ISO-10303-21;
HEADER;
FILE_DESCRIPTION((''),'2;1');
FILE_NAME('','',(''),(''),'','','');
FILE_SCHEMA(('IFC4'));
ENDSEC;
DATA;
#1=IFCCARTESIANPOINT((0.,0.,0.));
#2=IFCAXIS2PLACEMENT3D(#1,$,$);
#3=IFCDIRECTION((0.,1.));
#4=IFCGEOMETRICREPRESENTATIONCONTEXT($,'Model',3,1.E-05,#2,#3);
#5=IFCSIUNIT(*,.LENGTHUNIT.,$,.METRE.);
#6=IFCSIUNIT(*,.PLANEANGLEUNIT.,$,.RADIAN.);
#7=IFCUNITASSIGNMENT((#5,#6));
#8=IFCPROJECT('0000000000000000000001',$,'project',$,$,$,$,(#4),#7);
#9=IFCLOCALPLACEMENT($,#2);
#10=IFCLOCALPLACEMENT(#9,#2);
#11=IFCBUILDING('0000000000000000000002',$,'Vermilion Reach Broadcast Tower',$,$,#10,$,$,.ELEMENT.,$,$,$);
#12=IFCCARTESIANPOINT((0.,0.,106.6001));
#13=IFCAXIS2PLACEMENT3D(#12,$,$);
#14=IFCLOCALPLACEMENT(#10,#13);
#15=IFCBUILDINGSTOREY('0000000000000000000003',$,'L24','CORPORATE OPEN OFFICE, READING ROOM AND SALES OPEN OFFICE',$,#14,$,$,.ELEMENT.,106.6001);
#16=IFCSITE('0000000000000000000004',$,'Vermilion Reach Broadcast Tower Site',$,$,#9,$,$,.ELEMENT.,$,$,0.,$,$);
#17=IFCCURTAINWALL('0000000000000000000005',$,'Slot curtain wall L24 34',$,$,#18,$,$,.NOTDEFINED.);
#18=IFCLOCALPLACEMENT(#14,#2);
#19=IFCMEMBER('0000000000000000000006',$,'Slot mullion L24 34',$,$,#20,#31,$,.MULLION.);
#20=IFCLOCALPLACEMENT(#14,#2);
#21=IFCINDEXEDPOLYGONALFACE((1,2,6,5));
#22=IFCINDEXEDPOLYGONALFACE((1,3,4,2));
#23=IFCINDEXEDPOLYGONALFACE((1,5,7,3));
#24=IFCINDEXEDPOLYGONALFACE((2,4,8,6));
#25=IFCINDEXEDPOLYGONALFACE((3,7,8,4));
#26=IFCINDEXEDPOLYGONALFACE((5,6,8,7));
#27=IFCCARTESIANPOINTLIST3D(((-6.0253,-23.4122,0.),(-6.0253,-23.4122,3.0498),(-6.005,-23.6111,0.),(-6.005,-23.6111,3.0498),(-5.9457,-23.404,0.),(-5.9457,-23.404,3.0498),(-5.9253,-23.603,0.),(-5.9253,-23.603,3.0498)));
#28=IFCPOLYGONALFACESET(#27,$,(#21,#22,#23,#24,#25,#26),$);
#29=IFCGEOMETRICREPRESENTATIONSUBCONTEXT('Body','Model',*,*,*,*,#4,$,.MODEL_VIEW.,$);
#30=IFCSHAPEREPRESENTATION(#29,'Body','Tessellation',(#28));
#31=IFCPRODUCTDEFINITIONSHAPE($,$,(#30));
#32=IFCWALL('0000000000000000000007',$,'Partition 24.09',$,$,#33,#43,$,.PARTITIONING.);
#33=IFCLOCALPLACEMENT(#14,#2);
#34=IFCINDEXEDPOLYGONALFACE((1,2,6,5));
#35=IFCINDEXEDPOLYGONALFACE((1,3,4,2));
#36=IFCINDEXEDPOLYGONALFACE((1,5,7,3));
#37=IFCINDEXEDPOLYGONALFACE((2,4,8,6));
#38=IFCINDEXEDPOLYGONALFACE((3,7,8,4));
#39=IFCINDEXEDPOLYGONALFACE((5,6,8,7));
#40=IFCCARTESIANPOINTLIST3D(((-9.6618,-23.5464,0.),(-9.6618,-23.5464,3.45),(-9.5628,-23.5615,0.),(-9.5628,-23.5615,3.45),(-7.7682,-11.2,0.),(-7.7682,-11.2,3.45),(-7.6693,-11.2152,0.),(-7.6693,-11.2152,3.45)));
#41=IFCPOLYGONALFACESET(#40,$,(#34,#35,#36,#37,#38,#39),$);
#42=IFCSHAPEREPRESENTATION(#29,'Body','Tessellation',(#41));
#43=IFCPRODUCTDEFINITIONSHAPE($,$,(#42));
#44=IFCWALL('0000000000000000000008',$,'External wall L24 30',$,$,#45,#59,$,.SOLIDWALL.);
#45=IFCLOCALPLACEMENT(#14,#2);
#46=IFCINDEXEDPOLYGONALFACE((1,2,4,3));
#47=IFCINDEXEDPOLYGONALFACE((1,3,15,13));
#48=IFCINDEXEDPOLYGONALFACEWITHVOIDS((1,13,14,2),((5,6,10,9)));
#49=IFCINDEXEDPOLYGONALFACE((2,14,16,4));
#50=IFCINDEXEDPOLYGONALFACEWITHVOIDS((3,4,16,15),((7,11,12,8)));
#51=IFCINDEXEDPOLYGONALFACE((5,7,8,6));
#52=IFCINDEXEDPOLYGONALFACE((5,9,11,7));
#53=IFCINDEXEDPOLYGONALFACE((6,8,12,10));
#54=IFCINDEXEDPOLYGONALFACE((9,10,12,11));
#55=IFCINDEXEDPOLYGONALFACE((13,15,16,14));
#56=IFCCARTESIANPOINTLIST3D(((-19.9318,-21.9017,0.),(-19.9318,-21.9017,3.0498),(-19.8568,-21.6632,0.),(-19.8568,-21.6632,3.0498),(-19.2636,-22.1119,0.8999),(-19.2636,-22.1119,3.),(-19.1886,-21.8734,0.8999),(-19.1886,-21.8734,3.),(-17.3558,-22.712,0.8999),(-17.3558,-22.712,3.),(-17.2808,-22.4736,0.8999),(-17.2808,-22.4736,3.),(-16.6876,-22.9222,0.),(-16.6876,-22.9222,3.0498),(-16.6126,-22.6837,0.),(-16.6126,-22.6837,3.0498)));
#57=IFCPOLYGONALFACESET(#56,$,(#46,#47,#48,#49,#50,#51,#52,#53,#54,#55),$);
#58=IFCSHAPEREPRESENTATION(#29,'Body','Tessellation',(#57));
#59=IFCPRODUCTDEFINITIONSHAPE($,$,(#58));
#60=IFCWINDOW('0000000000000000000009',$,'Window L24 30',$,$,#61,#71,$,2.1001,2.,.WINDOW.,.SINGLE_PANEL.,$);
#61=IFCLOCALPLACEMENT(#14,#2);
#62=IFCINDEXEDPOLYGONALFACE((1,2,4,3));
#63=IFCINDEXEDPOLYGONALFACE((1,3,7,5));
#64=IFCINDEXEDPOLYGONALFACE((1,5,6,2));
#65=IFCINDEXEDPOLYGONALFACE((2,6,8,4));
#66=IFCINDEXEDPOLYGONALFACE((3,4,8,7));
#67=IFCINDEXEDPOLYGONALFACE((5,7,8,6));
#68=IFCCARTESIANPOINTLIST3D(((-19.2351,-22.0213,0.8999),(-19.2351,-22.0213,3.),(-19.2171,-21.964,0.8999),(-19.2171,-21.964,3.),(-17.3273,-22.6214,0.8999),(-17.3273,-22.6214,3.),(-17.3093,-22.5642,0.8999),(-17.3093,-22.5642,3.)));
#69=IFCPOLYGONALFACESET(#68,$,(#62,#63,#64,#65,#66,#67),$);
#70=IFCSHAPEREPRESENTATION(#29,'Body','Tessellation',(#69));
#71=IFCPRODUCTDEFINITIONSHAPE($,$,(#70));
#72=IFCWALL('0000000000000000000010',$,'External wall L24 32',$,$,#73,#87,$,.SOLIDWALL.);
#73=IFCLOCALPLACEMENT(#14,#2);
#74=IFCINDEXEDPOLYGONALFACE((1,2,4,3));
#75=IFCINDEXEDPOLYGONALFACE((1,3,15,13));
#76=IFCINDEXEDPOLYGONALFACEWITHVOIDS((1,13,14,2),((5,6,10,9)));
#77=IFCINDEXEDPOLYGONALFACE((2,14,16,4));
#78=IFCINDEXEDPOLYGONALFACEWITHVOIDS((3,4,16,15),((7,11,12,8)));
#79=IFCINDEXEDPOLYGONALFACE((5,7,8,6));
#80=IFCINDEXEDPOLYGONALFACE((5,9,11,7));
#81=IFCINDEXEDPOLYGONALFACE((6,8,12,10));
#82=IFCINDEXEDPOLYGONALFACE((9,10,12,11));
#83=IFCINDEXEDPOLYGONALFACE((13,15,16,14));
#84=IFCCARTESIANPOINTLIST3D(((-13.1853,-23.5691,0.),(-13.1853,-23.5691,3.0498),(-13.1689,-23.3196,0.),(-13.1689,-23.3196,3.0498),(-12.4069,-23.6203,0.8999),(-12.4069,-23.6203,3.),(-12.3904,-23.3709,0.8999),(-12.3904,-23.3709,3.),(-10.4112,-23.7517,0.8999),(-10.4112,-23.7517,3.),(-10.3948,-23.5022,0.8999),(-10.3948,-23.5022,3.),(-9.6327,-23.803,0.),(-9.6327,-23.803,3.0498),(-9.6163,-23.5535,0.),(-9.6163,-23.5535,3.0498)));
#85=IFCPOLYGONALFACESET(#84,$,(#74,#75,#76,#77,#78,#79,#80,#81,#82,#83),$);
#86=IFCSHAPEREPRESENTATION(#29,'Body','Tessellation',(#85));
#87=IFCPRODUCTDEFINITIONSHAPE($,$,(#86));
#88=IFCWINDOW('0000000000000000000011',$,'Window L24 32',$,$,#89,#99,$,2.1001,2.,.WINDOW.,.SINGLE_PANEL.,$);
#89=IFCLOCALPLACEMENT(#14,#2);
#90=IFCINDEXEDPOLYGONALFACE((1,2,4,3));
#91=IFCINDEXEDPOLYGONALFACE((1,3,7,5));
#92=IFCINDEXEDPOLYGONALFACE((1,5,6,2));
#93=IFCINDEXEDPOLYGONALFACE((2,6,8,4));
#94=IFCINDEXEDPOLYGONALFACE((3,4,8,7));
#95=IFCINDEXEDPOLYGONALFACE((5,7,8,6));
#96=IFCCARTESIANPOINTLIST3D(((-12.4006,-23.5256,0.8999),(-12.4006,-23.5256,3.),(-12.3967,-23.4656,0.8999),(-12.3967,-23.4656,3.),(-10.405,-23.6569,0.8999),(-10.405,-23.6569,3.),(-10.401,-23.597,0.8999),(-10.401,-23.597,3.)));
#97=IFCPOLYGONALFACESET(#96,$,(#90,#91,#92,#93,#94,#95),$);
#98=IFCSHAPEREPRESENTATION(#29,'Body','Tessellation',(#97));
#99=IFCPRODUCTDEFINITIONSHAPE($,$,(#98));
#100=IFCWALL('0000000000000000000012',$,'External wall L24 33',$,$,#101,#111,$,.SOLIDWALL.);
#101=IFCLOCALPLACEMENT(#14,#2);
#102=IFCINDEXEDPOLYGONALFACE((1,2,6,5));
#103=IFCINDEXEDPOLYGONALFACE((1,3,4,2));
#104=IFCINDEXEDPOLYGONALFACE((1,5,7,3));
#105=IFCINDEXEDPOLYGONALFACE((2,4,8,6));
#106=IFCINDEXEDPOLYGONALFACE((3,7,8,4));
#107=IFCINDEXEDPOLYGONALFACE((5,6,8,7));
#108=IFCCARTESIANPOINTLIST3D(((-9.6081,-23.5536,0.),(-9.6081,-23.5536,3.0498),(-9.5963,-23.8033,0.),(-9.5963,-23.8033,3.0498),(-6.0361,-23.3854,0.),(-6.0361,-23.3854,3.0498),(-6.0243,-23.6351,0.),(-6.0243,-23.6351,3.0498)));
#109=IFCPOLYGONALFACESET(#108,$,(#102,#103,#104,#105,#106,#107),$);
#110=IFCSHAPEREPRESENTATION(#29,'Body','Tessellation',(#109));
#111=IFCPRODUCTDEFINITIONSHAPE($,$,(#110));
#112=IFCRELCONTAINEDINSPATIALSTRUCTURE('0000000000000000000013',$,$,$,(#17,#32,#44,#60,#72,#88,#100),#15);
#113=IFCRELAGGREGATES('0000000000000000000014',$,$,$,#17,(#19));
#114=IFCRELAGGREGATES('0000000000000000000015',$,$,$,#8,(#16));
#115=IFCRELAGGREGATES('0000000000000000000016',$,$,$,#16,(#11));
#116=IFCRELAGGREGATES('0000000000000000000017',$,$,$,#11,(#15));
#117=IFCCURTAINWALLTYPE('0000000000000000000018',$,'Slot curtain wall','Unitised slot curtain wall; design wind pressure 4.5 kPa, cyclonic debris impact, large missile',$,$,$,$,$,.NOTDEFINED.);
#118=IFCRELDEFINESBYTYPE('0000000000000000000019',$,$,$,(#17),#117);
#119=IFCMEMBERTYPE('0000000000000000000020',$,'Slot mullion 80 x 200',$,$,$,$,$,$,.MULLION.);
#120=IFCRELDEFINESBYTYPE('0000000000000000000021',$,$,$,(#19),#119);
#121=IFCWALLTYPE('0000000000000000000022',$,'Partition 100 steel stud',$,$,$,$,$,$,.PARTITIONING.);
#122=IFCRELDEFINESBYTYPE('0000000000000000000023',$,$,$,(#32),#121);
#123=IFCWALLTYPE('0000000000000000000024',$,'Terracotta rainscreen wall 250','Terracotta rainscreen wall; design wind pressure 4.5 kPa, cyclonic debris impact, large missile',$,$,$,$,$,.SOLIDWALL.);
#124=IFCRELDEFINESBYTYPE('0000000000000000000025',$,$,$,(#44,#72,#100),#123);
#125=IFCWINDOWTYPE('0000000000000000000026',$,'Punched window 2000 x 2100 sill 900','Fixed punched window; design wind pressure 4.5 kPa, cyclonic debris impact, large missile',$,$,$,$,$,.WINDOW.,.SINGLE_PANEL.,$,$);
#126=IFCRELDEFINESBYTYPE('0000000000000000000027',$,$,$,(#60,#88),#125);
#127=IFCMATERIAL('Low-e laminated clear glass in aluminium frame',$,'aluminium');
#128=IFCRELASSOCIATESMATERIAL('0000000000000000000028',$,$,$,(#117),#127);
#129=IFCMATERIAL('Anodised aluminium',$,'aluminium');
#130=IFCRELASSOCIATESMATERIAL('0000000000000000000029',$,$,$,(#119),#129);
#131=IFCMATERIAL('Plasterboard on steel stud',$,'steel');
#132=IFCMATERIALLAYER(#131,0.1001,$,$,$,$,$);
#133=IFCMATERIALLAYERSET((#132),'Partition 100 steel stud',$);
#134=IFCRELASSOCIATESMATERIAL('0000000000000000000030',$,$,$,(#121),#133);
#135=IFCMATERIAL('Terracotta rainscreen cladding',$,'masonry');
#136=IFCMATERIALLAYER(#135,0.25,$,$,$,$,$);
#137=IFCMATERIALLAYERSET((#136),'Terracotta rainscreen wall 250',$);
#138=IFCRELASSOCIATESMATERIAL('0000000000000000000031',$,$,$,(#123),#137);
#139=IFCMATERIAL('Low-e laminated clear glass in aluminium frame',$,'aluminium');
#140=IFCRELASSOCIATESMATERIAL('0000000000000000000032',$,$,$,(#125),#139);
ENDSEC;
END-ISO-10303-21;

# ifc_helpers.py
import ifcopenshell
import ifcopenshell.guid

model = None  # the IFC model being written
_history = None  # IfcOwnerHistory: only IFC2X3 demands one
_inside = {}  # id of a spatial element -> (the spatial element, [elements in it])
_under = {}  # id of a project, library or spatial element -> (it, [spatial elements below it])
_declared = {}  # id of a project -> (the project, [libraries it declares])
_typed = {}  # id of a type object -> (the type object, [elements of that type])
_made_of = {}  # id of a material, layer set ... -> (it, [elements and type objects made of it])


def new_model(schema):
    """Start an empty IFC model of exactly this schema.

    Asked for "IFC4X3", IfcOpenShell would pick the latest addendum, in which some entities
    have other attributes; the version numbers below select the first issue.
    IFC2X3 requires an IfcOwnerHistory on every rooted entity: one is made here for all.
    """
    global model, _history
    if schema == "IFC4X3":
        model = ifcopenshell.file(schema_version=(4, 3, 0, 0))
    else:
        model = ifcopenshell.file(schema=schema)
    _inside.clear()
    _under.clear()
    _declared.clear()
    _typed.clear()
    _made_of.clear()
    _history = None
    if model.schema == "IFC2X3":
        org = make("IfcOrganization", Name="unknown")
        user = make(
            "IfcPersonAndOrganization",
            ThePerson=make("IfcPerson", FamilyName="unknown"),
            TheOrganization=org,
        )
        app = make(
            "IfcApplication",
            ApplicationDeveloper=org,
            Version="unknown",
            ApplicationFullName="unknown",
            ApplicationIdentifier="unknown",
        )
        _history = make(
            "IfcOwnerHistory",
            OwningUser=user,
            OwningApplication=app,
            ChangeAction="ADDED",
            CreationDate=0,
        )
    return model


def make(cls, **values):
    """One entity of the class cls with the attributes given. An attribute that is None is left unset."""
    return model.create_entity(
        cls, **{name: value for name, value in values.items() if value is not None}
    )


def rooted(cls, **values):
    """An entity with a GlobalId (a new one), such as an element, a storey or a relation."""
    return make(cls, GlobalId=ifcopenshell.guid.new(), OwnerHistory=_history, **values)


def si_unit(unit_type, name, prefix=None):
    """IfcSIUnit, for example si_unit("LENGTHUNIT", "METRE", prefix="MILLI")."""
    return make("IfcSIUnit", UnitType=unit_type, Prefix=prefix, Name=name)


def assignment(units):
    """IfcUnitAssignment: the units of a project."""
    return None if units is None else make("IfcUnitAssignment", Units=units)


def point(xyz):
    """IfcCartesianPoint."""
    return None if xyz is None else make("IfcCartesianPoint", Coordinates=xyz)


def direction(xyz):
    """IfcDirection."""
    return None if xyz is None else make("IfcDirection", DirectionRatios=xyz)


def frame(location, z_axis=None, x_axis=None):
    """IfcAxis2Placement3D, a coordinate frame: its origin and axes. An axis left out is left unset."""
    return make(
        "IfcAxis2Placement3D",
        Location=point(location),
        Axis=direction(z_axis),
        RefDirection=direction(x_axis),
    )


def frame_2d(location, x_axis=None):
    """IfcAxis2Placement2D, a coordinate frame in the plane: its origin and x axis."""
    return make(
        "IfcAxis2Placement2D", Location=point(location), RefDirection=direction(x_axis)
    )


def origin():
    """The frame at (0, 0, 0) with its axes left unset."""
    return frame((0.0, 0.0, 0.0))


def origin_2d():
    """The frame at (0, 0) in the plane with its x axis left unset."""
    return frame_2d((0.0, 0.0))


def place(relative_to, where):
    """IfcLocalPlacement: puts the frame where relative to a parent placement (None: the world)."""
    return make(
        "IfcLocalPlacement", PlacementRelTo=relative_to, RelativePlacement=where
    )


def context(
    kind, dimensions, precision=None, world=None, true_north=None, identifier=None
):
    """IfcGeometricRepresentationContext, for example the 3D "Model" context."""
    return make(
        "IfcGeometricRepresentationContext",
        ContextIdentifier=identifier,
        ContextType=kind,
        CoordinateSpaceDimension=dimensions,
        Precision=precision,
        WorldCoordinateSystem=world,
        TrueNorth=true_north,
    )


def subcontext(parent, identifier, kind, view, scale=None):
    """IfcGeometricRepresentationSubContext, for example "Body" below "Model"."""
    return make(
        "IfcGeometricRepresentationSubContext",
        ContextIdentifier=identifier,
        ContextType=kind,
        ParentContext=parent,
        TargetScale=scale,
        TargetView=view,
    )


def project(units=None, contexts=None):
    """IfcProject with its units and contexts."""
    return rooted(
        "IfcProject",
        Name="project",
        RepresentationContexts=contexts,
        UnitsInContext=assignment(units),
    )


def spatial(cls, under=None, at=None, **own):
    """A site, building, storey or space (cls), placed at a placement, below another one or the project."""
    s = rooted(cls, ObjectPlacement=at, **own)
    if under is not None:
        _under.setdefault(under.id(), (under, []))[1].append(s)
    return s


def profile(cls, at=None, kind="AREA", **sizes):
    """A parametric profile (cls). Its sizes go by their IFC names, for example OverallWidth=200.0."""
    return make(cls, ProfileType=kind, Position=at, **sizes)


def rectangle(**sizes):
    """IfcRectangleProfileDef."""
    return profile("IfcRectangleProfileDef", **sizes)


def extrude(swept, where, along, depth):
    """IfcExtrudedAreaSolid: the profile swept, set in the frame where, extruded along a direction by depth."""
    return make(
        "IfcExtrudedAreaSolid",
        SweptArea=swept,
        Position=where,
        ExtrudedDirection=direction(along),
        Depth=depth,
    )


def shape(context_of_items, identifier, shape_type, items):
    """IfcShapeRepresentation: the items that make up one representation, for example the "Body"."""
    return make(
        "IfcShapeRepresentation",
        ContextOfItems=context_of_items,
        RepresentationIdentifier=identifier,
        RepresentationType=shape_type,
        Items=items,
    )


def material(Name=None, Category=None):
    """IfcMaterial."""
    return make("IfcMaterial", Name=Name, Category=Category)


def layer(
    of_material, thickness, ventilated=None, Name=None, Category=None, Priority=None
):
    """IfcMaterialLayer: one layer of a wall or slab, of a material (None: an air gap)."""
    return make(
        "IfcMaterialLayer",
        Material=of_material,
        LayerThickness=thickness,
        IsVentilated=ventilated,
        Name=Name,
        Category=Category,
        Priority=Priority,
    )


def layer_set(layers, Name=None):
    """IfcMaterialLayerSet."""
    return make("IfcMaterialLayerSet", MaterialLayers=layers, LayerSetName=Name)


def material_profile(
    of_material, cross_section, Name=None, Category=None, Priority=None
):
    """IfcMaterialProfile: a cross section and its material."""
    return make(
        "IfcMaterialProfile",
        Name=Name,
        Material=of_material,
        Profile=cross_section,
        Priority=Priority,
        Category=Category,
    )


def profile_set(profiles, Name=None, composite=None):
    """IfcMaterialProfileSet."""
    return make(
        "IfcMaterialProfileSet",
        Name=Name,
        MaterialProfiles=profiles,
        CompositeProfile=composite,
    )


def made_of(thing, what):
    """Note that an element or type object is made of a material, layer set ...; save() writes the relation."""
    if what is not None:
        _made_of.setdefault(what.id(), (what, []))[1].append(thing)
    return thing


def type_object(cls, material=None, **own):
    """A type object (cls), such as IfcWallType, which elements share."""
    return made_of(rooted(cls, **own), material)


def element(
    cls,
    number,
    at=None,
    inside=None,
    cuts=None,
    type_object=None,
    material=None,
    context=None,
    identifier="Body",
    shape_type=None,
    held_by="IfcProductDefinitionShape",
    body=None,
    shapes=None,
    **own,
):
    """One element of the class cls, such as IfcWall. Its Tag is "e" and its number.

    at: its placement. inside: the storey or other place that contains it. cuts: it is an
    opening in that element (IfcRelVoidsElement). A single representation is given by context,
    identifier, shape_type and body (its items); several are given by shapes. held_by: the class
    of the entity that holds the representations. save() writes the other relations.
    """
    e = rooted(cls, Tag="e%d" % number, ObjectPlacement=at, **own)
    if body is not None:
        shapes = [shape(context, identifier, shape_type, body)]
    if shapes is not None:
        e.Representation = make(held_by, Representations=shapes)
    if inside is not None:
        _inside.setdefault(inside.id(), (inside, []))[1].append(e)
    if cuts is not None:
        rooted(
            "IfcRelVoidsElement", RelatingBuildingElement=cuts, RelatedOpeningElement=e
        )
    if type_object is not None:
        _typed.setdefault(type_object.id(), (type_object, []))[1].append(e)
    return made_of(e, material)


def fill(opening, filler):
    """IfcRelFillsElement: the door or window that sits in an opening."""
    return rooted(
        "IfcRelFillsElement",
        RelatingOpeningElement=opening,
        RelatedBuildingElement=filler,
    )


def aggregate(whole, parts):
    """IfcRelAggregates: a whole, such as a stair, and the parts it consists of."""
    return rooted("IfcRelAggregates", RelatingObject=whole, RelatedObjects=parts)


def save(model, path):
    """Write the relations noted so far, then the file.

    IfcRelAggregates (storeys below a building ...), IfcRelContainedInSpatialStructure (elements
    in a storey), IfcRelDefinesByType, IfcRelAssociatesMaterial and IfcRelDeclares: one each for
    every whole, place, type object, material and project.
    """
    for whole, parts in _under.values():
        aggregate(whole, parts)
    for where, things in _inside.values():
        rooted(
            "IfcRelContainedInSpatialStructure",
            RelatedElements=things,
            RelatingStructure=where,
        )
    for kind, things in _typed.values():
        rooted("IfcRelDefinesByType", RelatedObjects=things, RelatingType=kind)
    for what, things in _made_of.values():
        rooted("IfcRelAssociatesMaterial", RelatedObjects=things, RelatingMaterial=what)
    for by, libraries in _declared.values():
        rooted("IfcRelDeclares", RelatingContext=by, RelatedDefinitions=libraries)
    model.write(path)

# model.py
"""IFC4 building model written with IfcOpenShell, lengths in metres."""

from ifc_helpers import new_model, si_unit, direction, frame, frame_2d, origin, origin_2d, place, context, subcontext, project, spatial, rectangle, extrude, material, layer, layer_set, material_profile, profile_set, type_object, element, fill, aggregate, save


model = new_model("IFC4")

# Units and contexts
model_context = context("Model", 3, precision=1e-05, world=origin(), true_north=direction((0.0, 1.0)))
body_context = subcontext(model_context, "Body", "Model", "MODEL_VIEW")
ifc_project = project(units=[si_unit("LENGTHUNIT", "METRE"), si_unit("PLANEANGLEUNIT", "RADIAN")], contexts=[model_context])

# Site, building, storey
site_placement = place(None, origin())
site = spatial("IfcSite", under=ifc_project, at=site_placement, Name="Vermilion Reach Broadcast Tower Site", CompositionType="ELEMENT", RefElevation=0.0)
building_placement = place(site_placement, origin())
building = spatial("IfcBuilding", under=site, at=building_placement, Name="Vermilion Reach Broadcast Tower", CompositionType="ELEMENT")
storey_placement = place(building_placement, frame((0.0, 0.0, 106.6001)))
storey = spatial("IfcBuildingStorey", under=building, at=storey_placement, Name="L24", Description="CORPORATE OPEN OFFICE, READING ROOM AND SALES OPEN OFFICE", CompositionType="ELEMENT", Elevation=106.6001)

# Curtain wall, member
ifc_material_1 = material(Name="Low-e laminated clear glass in aluminium frame", Category="aluminium")
curtain_wall_type = type_object("IfcCurtainWallType", Name="Slot curtain wall", Description="Unitised slot curtain wall; design wind pressure 4.5 kPa, cyclonic debris impact, large missile", PredefinedType="NOTDEFINED", material=ifc_material_1)
curtain_wall_placement = place(storey_placement, origin())
curtain_wall = element("IfcCurtainWall", 1, at=curtain_wall_placement, inside=storey, type_object=curtain_wall_type, Name="Slot curtain wall L24 34", PredefinedType="NOTDEFINED")
ifc_material_2 = material(Name="Anodised aluminium", Category="aluminium")
ifc_material_profile_1 = material_profile(ifc_material_2, rectangle(XDim=0.2, YDim=0.0801, at=origin_2d()), Name="Slot mullion 80 x 200")
ifc_profile_set_1 = profile_set([ifc_material_profile_1], Name="Anodised aluminium")
member_type = type_object("IfcMemberType", Name="Slot mullion 80 x 200", PredefinedType="MULLION", material=ifc_profile_set_1)
member_placement = place(storey_placement, frame((-5.9753, -23.5076, 0.0), z_axis=(0.0, 0.0, 1.0), x_axis=(-0.101734, 0.994812, 0.0)))
member = element("IfcMember", 2, at=member_placement, type_object=member_type, Name="Slot mullion L24 34", PredefinedType="MULLION", context=body_context, shape_type="SweptSolid", body=[
    extrude(rectangle(XDim=0.2, YDim=0.0801, at=origin_2d()), origin(), (0.0, 0.0, 1.0), 3.0498),
])
aggregate(curtain_wall, [member])

# Wall
ifc_material_3 = material(Name="Plasterboard on steel stud", Category="steel")
ifc_layer_1 = layer(ifc_material_3, 0.1001)
ifc_layer_set_1 = layer_set([ifc_layer_1], Name="Partition 100 steel stud")
wall_type_1 = type_object("IfcWallType", Name="Partition 100 steel stud", PredefinedType="PARTITIONING", material=ifc_layer_set_1)
wall_1_placement = place(storey_placement, frame((-9.6123, -23.554, 0.0), z_axis=(0.0, 0.0, 1.0), x_axis=(0.151596, 0.988443, 0.0)))
element("IfcWall", 3, at=wall_1_placement, inside=storey, type_object=wall_type_1, Name="Partition 24.09", PredefinedType="PARTITIONING", context=body_context, shape_type="SweptSolid", body=[
    extrude(rectangle(XDim=12.4907, YDim=0.1001, at=frame_2d((6.2454, 0.0))), origin(), (0.0, 0.0, 1.0), 3.45),
])

# Wall, opening, window
ifc_material_4 = material(Name="Terracotta rainscreen cladding", Category="masonry")
ifc_layer_2 = layer(ifc_material_4, 0.25)
ifc_layer_set_2 = layer_set([ifc_layer_2], Name="Terracotta rainscreen wall 250")
wall_type_2 = type_object("IfcWallType", Name="Terracotta rainscreen wall 250", Description="Terracotta rainscreen wall; design wind pressure 4.5 kPa, cyclonic debris impact, large missile", PredefinedType="SOLIDWALL", material=ifc_layer_set_2)
wall_2_placement = place(storey_placement, frame((-19.8943, -21.7825, 0.0), z_axis=(0.0, 0.0, 1.0), x_axis=(0.953916, -0.300073, 0.0)))
wall_2 = element("IfcWall", 4, at=wall_2_placement, inside=storey, type_object=wall_type_2, Name="External wall L24 30", PredefinedType="SOLIDWALL", context=body_context, shape_type="SweptSolid", body=[
    extrude(rectangle(XDim=3.4009, YDim=0.25, at=frame_2d((1.7004, 0.0))), origin(), (0.0, 0.0, 1.0), 3.0498),
])
opening_1_placement = place(wall_2_placement, frame((0.7004, 0.0, 0.8999)))
opening_1 = element("IfcOpeningElement", 5, at=opening_1_placement, cuts=wall_2, PredefinedType="OPENING", context=body_context, shape_type="SweptSolid", body=[
    extrude(rectangle(XDim=2.0, YDim=2.1001, at=frame_2d((1.0, 1.05))), frame((0.0, 0.135, 0.0), z_axis=(0.0, -1.0, 0.0), x_axis=(1.0, 0.0, 0.0)), (0.0, 0.0, 1.0), 0.27),
])
ifc_material_5 = material(Name="Low-e laminated clear glass in aluminium frame", Category="aluminium")
window_type = type_object("IfcWindowType", Name="Punched window 2000 x 2100 sill 900", Description="Fixed punched window; design wind pressure 4.5 kPa, cyclonic debris impact, large missile", PartitioningType="SINGLE_PANEL", PredefinedType="WINDOW", material=ifc_material_5)
window_1_placement = place(opening_1_placement, origin())
window_1 = element("IfcWindow", 6, at=window_1_placement, inside=storey, type_object=window_type, Name="Window L24 30", OverallHeight=2.1001, OverallWidth=2.0, PartitioningType="SINGLE_PANEL", PredefinedType="WINDOW", context=body_context, shape_type="SweptSolid", body=[
    extrude(rectangle(XDim=2.0, YDim=2.1001, at=frame_2d((1.0, 1.05))), frame((0.0, 0.03, 0.0), z_axis=(0.0, -1.0, 0.0), x_axis=(1.0, 0.0, 0.0)), (0.0, 0.0, 1.0), 0.0601),
])
fill(opening_1, window_1)

# Wall, opening, window
wall_3_placement = place(storey_placement, frame((-13.1772, -23.4443, 0.0), z_axis=(0.0, 0.0, 1.0), x_axis=(0.99784, -0.065691, 0.0)))
wall_3 = element("IfcWall", 7, at=wall_3_placement, inside=storey, type_object=wall_type_2, Name="External wall L24 32", PredefinedType="SOLIDWALL", context=body_context, shape_type="SweptSolid", body=[
    extrude(rectangle(XDim=3.5603, YDim=0.25, at=frame_2d((1.7803, 0.0))), origin(), (0.0, 0.0, 1.0), 3.0498),
])
opening_2_placement = place(wall_3_placement, frame((0.7803, 0.0, 0.8999)))
opening_2 = element("IfcOpeningElement", 8, at=opening_2_placement, cuts=wall_3, PredefinedType="OPENING", context=body_context, shape_type="SweptSolid", body=[
    extrude(rectangle(XDim=2.0, YDim=2.1001, at=frame_2d((1.0, 1.05))), frame((0.0, 0.135, 0.0), z_axis=(0.0, -1.0, 0.0), x_axis=(1.0, 0.0, 0.0)), (0.0, 0.0, 1.0), 0.27),
])
window_2_placement = place(opening_2_placement, origin())
window_2 = element("IfcWindow", 9, at=window_2_placement, inside=storey, type_object=window_type, Name="Window L24 32", OverallHeight=2.1001, OverallWidth=2.0, PartitioningType="SINGLE_PANEL", PredefinedType="WINDOW", context=body_context, shape_type="SweptSolid", body=[
    extrude(rectangle(XDim=2.0, YDim=2.1001, at=frame_2d((1.0, 1.05))), frame((0.0, 0.03, 0.0), z_axis=(0.0, -1.0, 0.0), x_axis=(1.0, 0.0, 0.0)), (0.0, 0.0, 1.0), 0.0601),
])
fill(opening_2, window_2)

# Wall
wall_4_placement = place(storey_placement, frame((-9.6023, -23.6785, 0.0), z_axis=(0.0, 0.0, 1.0), x_axis=(0.998893, 0.04704, 0.0)))
element("IfcWall", 10, at=wall_4_placement, inside=storey, type_object=wall_type_2, Name="External wall L24 33", PredefinedType="SOLIDWALL", context=body_context, shape_type="SweptSolid", body=[
    extrude(rectangle(XDim=3.5759, YDim=0.25, at=frame_2d((1.7881, 0.0))), origin(), (0.0, 0.0, 1.0), 3.0498),
])

save(model, "model.ifc")
